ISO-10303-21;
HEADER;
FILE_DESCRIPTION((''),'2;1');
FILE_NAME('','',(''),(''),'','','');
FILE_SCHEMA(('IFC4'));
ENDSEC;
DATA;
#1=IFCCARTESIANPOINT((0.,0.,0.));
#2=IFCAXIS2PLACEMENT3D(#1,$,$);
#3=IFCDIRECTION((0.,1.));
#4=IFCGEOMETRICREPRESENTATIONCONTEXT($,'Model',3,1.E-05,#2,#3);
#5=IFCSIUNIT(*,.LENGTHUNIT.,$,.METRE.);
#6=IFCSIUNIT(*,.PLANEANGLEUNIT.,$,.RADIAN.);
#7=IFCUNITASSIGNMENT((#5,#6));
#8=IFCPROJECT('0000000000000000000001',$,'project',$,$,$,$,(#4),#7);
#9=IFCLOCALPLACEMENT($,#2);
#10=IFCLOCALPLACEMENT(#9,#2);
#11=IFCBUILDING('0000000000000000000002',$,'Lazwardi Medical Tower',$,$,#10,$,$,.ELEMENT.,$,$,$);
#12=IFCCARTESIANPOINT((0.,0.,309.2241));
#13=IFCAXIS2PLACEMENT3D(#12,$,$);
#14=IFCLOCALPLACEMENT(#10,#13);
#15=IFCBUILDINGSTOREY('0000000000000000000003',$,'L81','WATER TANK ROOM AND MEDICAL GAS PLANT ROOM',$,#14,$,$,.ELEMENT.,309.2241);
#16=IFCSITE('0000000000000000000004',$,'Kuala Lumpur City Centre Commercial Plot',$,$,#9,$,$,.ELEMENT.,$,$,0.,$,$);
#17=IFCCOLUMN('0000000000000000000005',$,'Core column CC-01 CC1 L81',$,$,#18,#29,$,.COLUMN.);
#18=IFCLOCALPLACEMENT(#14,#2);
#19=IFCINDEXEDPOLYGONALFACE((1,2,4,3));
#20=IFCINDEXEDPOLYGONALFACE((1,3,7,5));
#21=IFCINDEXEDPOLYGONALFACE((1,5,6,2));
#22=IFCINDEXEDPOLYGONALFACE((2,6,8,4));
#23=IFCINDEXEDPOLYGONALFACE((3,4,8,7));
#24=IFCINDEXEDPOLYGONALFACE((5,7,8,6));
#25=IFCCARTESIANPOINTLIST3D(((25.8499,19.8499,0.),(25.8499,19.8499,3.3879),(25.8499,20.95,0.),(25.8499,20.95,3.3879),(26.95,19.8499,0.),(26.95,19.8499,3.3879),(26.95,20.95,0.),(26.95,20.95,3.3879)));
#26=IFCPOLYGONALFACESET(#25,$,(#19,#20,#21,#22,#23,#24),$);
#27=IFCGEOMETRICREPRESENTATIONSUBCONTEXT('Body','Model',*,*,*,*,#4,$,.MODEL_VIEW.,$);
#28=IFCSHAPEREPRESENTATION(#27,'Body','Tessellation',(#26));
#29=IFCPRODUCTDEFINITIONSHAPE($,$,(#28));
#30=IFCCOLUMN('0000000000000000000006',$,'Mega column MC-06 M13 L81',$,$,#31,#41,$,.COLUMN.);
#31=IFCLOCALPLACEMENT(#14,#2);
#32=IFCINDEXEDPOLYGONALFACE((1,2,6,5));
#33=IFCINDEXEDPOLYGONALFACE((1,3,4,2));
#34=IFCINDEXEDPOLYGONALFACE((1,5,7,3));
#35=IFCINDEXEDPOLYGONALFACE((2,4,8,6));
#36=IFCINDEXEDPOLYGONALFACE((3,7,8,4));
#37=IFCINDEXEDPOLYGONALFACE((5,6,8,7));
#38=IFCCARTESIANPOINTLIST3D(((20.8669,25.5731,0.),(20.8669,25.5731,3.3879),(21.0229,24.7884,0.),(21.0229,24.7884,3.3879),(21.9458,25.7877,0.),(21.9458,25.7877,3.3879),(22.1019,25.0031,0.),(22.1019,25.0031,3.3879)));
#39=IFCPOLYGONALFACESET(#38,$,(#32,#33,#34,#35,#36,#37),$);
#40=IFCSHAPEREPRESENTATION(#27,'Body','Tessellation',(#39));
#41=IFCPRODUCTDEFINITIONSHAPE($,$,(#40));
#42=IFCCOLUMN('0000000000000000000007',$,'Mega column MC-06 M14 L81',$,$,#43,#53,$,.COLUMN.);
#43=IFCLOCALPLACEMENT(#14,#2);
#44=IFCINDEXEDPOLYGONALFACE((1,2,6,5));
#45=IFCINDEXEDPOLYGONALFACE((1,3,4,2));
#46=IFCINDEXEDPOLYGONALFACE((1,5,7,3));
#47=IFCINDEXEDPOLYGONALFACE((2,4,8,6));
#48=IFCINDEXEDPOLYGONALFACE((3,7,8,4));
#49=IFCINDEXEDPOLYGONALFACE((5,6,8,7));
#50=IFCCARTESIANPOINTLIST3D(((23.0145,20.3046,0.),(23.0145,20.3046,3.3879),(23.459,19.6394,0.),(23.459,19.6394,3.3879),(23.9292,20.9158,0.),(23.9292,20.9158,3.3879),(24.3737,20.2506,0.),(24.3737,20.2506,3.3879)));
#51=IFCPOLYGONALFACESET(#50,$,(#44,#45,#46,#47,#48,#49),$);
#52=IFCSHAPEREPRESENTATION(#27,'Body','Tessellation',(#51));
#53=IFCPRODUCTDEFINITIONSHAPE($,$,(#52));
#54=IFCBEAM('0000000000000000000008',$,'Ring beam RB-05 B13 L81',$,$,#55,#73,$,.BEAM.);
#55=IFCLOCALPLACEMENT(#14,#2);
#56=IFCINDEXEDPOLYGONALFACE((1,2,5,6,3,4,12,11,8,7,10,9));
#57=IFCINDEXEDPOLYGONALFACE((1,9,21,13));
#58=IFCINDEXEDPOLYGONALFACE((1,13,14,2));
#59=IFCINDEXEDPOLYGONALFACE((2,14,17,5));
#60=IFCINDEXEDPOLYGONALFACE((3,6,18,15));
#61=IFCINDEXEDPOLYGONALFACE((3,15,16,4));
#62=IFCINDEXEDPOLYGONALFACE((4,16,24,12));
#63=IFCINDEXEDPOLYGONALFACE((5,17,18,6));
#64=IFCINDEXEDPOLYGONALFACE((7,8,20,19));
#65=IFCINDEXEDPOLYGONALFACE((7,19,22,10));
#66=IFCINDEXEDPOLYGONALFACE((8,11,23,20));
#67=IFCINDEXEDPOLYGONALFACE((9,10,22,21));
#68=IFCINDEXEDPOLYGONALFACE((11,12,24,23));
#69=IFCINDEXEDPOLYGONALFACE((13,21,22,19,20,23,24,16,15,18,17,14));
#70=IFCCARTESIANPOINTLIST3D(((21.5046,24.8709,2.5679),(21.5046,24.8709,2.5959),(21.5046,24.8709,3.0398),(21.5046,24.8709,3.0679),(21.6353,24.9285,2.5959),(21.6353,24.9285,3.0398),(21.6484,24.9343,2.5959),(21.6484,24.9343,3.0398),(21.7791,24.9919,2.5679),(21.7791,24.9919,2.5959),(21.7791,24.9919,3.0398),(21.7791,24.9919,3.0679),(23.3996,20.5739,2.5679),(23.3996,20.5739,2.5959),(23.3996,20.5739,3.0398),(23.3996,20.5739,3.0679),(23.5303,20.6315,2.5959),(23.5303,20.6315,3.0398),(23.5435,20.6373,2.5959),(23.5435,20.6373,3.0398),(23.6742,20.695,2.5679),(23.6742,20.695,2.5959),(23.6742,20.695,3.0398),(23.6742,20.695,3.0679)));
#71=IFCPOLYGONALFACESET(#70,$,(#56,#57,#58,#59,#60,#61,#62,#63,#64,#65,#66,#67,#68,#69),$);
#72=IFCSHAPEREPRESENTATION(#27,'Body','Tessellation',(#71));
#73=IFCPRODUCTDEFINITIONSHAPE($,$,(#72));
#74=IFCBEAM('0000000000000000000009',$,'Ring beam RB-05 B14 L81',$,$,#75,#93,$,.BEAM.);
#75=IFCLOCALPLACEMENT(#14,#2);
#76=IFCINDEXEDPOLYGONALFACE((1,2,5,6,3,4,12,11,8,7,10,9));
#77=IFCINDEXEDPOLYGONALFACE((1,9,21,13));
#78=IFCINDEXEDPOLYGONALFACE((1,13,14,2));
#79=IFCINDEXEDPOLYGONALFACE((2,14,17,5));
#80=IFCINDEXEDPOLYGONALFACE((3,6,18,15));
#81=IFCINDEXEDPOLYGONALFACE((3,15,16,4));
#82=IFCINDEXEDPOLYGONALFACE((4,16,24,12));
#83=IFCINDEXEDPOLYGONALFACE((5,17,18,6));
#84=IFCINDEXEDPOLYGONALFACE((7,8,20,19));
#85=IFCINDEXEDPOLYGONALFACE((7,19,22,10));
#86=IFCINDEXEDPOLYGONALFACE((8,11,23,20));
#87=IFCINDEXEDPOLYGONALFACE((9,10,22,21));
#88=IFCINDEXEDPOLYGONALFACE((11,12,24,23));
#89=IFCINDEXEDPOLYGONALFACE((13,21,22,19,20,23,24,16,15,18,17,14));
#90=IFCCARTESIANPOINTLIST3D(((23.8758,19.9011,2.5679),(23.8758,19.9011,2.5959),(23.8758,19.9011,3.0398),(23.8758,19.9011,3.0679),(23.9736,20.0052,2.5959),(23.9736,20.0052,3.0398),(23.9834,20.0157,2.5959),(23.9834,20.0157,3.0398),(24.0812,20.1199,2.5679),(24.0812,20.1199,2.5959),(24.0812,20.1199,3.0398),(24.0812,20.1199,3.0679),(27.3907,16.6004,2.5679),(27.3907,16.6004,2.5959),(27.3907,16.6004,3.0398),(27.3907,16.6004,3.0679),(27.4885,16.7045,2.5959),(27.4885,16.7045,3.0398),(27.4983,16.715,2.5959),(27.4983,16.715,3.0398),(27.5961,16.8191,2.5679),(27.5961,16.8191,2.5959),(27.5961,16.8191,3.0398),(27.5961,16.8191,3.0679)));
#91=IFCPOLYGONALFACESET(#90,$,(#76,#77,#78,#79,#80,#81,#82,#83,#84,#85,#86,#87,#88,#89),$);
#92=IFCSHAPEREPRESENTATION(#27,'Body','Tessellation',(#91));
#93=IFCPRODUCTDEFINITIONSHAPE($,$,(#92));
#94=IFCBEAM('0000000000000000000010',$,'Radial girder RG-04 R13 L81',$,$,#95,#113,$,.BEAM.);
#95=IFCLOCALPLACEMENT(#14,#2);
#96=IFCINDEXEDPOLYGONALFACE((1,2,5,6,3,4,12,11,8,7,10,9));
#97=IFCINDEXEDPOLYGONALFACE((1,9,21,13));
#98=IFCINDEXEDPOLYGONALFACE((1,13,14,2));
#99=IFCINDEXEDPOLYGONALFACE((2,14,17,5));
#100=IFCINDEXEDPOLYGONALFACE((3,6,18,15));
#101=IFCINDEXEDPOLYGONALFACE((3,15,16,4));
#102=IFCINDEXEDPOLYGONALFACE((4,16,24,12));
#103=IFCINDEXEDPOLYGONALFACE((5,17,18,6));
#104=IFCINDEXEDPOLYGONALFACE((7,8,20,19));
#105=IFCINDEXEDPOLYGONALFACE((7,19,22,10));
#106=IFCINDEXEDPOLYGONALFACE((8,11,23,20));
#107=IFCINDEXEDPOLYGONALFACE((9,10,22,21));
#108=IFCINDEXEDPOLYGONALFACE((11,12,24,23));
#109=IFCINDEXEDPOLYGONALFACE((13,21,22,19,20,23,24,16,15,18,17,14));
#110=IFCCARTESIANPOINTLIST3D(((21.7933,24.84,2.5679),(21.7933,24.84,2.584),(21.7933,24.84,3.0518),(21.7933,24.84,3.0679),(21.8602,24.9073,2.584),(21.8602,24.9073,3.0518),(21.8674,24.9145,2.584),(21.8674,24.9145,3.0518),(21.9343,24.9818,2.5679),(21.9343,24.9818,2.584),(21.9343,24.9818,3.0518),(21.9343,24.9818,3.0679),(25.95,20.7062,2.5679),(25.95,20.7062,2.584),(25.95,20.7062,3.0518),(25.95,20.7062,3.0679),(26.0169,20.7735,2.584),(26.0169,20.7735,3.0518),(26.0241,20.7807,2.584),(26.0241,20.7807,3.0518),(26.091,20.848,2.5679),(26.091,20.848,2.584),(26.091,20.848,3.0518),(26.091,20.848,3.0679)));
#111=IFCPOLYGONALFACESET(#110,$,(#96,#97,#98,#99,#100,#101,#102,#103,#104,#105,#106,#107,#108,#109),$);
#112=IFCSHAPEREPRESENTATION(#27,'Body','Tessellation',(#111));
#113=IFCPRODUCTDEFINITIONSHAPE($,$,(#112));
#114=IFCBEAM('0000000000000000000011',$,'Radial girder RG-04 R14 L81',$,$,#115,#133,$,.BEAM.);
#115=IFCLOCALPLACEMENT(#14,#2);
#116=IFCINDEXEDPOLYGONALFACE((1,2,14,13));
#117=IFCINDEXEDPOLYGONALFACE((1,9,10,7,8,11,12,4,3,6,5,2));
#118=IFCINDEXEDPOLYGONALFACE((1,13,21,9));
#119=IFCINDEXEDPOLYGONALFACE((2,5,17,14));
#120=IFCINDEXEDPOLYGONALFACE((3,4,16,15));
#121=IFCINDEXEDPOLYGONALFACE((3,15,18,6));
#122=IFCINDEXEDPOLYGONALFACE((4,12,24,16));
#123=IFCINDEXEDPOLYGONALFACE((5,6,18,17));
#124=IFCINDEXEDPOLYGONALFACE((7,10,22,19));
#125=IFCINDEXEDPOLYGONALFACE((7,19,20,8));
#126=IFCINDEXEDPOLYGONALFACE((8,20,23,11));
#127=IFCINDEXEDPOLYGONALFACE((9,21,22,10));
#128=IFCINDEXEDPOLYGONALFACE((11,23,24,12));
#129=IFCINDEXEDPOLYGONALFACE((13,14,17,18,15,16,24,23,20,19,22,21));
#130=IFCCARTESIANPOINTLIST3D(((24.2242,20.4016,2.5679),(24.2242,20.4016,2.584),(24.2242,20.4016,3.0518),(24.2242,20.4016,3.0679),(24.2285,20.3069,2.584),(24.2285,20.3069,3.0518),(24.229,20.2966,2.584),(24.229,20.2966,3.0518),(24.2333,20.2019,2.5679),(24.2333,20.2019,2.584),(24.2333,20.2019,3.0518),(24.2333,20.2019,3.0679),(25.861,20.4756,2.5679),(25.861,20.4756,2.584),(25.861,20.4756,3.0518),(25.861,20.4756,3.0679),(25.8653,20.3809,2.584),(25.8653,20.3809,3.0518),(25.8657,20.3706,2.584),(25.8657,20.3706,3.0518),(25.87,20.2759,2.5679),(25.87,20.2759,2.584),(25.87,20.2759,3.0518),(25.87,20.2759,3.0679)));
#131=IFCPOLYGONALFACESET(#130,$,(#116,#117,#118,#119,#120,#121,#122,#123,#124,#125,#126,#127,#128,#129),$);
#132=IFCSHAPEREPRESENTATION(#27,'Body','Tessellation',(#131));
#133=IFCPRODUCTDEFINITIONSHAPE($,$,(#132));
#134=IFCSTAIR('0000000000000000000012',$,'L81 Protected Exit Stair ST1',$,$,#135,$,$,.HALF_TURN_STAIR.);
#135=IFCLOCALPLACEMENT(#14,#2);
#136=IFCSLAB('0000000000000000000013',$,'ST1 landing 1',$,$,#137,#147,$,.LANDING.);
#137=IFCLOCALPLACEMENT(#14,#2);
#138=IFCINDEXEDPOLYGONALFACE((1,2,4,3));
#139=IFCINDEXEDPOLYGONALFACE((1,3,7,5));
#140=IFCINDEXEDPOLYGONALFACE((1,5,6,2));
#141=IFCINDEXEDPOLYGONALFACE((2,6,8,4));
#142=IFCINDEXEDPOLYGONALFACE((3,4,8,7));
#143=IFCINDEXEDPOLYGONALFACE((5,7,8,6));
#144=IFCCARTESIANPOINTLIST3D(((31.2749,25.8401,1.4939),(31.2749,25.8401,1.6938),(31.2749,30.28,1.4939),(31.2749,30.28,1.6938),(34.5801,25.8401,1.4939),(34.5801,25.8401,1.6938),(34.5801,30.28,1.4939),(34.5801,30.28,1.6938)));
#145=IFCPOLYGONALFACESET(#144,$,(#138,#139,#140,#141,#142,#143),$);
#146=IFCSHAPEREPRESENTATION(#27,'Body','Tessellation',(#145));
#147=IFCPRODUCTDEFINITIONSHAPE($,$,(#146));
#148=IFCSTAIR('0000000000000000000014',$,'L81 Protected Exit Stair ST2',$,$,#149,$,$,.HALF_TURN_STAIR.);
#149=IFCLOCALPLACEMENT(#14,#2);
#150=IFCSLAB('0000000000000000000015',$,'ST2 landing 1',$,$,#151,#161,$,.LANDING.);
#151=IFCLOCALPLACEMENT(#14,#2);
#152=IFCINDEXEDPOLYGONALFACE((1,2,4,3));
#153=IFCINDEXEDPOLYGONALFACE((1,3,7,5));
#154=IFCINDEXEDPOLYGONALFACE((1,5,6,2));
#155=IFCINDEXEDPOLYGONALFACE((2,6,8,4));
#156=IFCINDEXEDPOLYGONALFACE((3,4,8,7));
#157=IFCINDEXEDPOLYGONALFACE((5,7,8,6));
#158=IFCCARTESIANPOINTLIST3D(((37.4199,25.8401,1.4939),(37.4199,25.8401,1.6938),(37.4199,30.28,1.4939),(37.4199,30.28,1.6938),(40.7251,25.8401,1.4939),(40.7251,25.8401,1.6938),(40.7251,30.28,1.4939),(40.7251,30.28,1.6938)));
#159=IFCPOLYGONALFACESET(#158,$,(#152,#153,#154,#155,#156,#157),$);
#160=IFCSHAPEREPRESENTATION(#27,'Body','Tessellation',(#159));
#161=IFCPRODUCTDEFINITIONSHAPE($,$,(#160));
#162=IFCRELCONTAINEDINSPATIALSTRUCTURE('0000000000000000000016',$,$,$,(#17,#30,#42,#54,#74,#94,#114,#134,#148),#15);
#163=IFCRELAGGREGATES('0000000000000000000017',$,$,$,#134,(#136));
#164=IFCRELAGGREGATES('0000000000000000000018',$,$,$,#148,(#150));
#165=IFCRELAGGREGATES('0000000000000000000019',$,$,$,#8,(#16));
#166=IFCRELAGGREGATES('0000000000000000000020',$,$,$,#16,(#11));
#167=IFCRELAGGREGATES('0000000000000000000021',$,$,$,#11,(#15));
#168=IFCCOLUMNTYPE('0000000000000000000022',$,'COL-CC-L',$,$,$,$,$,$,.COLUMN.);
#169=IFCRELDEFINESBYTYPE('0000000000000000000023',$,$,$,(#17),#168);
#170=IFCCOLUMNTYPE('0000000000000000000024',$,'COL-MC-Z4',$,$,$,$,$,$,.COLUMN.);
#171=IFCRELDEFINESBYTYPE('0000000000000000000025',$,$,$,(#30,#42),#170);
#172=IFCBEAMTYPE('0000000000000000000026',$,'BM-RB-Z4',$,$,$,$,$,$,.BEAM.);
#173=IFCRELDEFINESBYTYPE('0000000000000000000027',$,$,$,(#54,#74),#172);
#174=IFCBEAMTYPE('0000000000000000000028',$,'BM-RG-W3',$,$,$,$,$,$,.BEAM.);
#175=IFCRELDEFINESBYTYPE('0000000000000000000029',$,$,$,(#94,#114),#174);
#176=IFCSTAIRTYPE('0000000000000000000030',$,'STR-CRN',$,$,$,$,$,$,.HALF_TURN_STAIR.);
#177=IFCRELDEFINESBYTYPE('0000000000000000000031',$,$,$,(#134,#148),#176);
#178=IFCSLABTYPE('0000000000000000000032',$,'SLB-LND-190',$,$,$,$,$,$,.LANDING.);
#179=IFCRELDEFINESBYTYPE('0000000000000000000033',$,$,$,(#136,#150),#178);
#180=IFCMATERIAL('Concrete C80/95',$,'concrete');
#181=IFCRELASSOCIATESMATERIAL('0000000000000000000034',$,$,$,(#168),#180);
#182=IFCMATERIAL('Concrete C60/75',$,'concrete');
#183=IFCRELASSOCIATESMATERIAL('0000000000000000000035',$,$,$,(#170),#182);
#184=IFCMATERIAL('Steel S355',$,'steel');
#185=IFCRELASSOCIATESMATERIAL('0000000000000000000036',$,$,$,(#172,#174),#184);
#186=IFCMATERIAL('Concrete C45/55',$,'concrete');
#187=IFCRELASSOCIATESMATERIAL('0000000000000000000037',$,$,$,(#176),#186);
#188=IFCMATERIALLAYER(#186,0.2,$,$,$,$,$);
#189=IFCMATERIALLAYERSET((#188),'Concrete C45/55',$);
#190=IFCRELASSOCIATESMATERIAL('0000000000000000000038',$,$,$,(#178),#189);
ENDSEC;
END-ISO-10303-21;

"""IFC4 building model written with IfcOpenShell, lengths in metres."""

from ifc_helpers import new_model, si_unit, direction, frame, origin, origin_2d, place, context, subcontext, project, spatial, polyline, rectangle, i_section, outline, extrude, material, layer, layer_set, material_profile, profile_set, type_object, element, aggregate, save


model = new_model("IFC4")

# Units and contexts
model_context = context("Model", 3, precision=1e-05, world=origin(), true_north=direction((0.0, 1.0)))
body_context = subcontext(model_context, "Body", "Model", "MODEL_VIEW")
ifc_project = project(units=[si_unit("LENGTHUNIT", "METRE"), si_unit("PLANEANGLEUNIT", "RADIAN")], contexts=[model_context])

# Site, building, storey
site_placement = place(None, origin())
site = spatial("IfcSite", under=ifc_project, at=site_placement, Name="Kuala Lumpur City Centre Commercial Plot", CompositionType="ELEMENT", RefElevation=0.0)
building_placement = place(site_placement, origin())
building = spatial("IfcBuilding", under=site, at=building_placement, Name="Lazwardi Medical Tower", CompositionType="ELEMENT")
storey_placement = place(building_placement, frame((0.0, 0.0, 309.2241)))
storey = spatial("IfcBuildingStorey", under=building, at=storey_placement, Name="L81", Description="WATER TANK ROOM AND MEDICAL GAS PLANT ROOM", CompositionType="ELEMENT", Elevation=309.2241)

# Columns
ifc_material_1 = material(Name="Concrete C80/95", Category="concrete")
ifc_material_profile_1 = material_profile(ifc_material_1, rectangle(XDim=1.1001, YDim=1.1001, at=origin_2d()), Name="RC 1100x1100")
ifc_profile_set_1 = profile_set([ifc_material_profile_1], Name="Concrete C80/95")
column_type_1 = type_object("IfcColumnType", Name="COL-CC-L", PredefinedType="COLUMN", material=ifc_profile_set_1)
column_placement = place(storey_placement, frame((26.3999, 20.3999, 0.0), z_axis=(0.0, 0.0, 1.0), x_axis=(1.0, 0.0, 0.0)))
element("IfcColumn", 1, at=column_placement, inside=storey, type_object=column_type_1, Name="Core column CC-01 CC1 L81", PredefinedType="COLUMN", context=body_context, shape_type="SweptSolid", body=[
    extrude(rectangle(XDim=1.1001, YDim=1.1001, at=origin_2d()), origin(), (0.0, 0.0, 1.0), 3.3879),
])
ifc_material_2 = material(Name="Concrete C60/75", Category="concrete")
ifc_material_profile_2 = material_profile(ifc_material_2, rectangle(XDim=1.1001, YDim=0.8, at=origin_2d()), Name="CFT-RECT 1100x800")
ifc_profile_set_2 = profile_set([ifc_material_profile_2], Name="Concrete C60/75")
column_type_2 = type_object("IfcColumnType", Name="COL-MC-Z4", PredefinedType="COLUMN", material=ifc_profile_set_2)
for number, where, z_axis, x_axis, name in (
    (2, (21.4844, 25.2881, 0.0), (0.0, 0.0, 1.0), (-0.980785, -0.19509, 0.0), "Mega column MC-06 M13 L81"),
    (3, (23.6941, 20.2776, 0.0), (0.0, 0.0, 1.0), (-0.83147, -0.55557, 0.0), "Mega column MC-06 M14 L81"),
):
    element("IfcColumn", number, at=place(storey_placement, frame(where, z_axis=z_axis, x_axis=x_axis)), inside=storey, type_object=column_type_2, Name=name, PredefinedType="COLUMN", context=body_context, shape_type="SweptSolid", body=[
        extrude(rectangle(XDim=1.1001, YDim=0.8, at=origin_2d()), origin(), (0.0, 0.0, 1.0), 3.3879),
    ])

# Beams
ifc_material_3 = material(Name="Steel S355", Category="steel")
ifc_material_profile_3 = material_profile(ifc_material_3, i_section(OverallWidth=0.3, OverallDepth=0.5, WebThickness=0.0144, FlangeThickness=0.0281, at=origin_2d()), Name="HEB 500")
ifc_profile_set_3 = profile_set([ifc_material_profile_3], Name="Steel S355")
beam_type_1 = type_object("IfcBeamType", Name="BM-RB-Z4", PredefinedType="BEAM", material=ifc_profile_set_3)
beam_1_placement = place(storey_placement, frame((21.6418, 24.9314, 2.8179), z_axis=(0.403522, -0.91497, 0.0), x_axis=(0.91497, 0.403522, 0.0)))
element("IfcBeam", 4, at=beam_1_placement, inside=storey, type_object=beam_type_1, Name="Ring beam RB-05 B13 L81", PredefinedType="BEAM", context=body_context, shape_type="SweptSolid", body=[
    extrude(i_section(OverallWidth=0.3, OverallDepth=0.5, WebThickness=0.0144, FlangeThickness=0.0281, at=origin_2d()), origin(), (0.0, 0.0, 1.0), 4.6963),
])
beam_2_placement = place(storey_placement, frame((23.9785, 20.0105, 2.8179), z_axis=(0.728961, -0.684556, 0.0), x_axis=(0.684556, 0.728961, 0.0)))
element("IfcBeam", 5, at=beam_2_placement, inside=storey, type_object=beam_type_1, Name="Ring beam RB-05 B14 L81", PredefinedType="BEAM", context=body_context, shape_type="SweptSolid", body=[
    extrude(i_section(OverallWidth=0.3, OverallDepth=0.5, WebThickness=0.0144, FlangeThickness=0.0281, at=origin_2d()), origin(), (0.0, 0.0, 1.0), 4.8218),
])
ifc_material_profile_4 = material_profile(ifc_material_3, i_section(OverallWidth=0.2, OverallDepth=0.5, WebThickness=0.0103, FlangeThickness=0.0161, at=origin_2d()), Name="IPE 500")
ifc_profile_set_4 = profile_set([ifc_material_profile_4], Name="Steel S355")
beam_type_2 = type_object("IfcBeamType", Name="BM-RG-W3", PredefinedType="BEAM", material=ifc_profile_set_4)
beam_3_placement = place(storey_placement, frame((21.8638, 24.9109, 2.8179), z_axis=(0.709061, -0.705147, 0.0), x_axis=(0.705147, 0.709061, 0.0)))
element("IfcBeam", 6, at=beam_3_placement, inside=storey, type_object=beam_type_2, Name="Radial girder RG-04 R13 L81", PredefinedType="BEAM", context=body_context, shape_type="SweptSolid", body=[
    extrude(i_section(OverallWidth=0.2, OverallDepth=0.5, WebThickness=0.0103, FlangeThickness=0.0161, at=origin_2d()), origin(), (0.0, 0.0, 1.0), 5.8623),
])
beam_4_placement = place(storey_placement, frame((24.2288, 20.3018, 2.8179), z_axis=(0.99898, 0.045151, 0.0), x_axis=(-0.045151, 0.99898, 0.0)))
element("IfcBeam", 7, at=beam_4_placement, inside=storey, type_object=beam_type_2, Name="Radial girder RG-04 R14 L81", PredefinedType="BEAM", context=body_context, shape_type="SweptSolid", body=[
    extrude(i_section(OverallWidth=0.2, OverallDepth=0.5, WebThickness=0.0103, FlangeThickness=0.0161, at=origin_2d()), origin(), (0.0, 0.0, 1.0), 1.6384),
])

# Stairs, slabs
ifc_material_4 = material(Name="Concrete C45/55", Category="concrete")
stair_type = type_object("IfcStairType", Name="STR-CRN", PredefinedType="HALF_TURN_STAIR", material=ifc_material_4)
stair_1_placement = place(storey_placement, origin())
stair_1 = element("IfcStair", 8, at=stair_1_placement, inside=storey, type_object=stair_type, Name="L81 Protected Exit Stair ST1", PredefinedType="HALF_TURN_STAIR")
ifc_layer_1 = layer(ifc_material_4, 0.2)
ifc_layer_set_1 = layer_set([ifc_layer_1], Name="Concrete C45/55")
slab_type_1 = type_object("IfcSlabType", Name="SLB-LND-190", PredefinedType="LANDING", material=ifc_layer_set_1)
slab_1_placement = place(storey_placement, frame((0.0, 0.0, 1.4939)))
slab_1 = element("IfcSlab", 9, at=slab_1_placement, type_object=slab_type_1, Name="ST1 landing 1", PredefinedType="LANDING", context=body_context, shape_type="SweptSolid", body=[
    extrude(outline(polyline([(31.2749, 25.8401), (34.5801, 25.8401), (34.5801, 30.28), (31.2749, 30.28), (31.2749, 25.8401)])), origin(), (0.0, 0.0, 1.0), 0.2),
])
aggregate(stair_1, [slab_1])
stair_2_placement = place(storey_placement, origin())
stair_2 = element("IfcStair", 10, at=stair_2_placement, inside=storey, type_object=stair_type, Name="L81 Protected Exit Stair ST2", PredefinedType="HALF_TURN_STAIR")
slab_2_placement = place(storey_placement, frame((0.0, 0.0, 1.4939)))
slab_2 = element("IfcSlab", 11, at=slab_2_placement, type_object=slab_type_1, Name="ST2 landing 1", PredefinedType="LANDING", context=body_context, shape_type="SweptSolid", body=[
    extrude(outline(polyline([(40.7251, 30.28), (37.4199, 30.28), (37.4199, 25.8401), (40.7251, 25.8401), (40.7251, 30.28)])), origin(), (0.0, 0.0, 1.0), 0.2),
])
aggregate(stair_2, [slab_2])

save(model, "model.ifc")
